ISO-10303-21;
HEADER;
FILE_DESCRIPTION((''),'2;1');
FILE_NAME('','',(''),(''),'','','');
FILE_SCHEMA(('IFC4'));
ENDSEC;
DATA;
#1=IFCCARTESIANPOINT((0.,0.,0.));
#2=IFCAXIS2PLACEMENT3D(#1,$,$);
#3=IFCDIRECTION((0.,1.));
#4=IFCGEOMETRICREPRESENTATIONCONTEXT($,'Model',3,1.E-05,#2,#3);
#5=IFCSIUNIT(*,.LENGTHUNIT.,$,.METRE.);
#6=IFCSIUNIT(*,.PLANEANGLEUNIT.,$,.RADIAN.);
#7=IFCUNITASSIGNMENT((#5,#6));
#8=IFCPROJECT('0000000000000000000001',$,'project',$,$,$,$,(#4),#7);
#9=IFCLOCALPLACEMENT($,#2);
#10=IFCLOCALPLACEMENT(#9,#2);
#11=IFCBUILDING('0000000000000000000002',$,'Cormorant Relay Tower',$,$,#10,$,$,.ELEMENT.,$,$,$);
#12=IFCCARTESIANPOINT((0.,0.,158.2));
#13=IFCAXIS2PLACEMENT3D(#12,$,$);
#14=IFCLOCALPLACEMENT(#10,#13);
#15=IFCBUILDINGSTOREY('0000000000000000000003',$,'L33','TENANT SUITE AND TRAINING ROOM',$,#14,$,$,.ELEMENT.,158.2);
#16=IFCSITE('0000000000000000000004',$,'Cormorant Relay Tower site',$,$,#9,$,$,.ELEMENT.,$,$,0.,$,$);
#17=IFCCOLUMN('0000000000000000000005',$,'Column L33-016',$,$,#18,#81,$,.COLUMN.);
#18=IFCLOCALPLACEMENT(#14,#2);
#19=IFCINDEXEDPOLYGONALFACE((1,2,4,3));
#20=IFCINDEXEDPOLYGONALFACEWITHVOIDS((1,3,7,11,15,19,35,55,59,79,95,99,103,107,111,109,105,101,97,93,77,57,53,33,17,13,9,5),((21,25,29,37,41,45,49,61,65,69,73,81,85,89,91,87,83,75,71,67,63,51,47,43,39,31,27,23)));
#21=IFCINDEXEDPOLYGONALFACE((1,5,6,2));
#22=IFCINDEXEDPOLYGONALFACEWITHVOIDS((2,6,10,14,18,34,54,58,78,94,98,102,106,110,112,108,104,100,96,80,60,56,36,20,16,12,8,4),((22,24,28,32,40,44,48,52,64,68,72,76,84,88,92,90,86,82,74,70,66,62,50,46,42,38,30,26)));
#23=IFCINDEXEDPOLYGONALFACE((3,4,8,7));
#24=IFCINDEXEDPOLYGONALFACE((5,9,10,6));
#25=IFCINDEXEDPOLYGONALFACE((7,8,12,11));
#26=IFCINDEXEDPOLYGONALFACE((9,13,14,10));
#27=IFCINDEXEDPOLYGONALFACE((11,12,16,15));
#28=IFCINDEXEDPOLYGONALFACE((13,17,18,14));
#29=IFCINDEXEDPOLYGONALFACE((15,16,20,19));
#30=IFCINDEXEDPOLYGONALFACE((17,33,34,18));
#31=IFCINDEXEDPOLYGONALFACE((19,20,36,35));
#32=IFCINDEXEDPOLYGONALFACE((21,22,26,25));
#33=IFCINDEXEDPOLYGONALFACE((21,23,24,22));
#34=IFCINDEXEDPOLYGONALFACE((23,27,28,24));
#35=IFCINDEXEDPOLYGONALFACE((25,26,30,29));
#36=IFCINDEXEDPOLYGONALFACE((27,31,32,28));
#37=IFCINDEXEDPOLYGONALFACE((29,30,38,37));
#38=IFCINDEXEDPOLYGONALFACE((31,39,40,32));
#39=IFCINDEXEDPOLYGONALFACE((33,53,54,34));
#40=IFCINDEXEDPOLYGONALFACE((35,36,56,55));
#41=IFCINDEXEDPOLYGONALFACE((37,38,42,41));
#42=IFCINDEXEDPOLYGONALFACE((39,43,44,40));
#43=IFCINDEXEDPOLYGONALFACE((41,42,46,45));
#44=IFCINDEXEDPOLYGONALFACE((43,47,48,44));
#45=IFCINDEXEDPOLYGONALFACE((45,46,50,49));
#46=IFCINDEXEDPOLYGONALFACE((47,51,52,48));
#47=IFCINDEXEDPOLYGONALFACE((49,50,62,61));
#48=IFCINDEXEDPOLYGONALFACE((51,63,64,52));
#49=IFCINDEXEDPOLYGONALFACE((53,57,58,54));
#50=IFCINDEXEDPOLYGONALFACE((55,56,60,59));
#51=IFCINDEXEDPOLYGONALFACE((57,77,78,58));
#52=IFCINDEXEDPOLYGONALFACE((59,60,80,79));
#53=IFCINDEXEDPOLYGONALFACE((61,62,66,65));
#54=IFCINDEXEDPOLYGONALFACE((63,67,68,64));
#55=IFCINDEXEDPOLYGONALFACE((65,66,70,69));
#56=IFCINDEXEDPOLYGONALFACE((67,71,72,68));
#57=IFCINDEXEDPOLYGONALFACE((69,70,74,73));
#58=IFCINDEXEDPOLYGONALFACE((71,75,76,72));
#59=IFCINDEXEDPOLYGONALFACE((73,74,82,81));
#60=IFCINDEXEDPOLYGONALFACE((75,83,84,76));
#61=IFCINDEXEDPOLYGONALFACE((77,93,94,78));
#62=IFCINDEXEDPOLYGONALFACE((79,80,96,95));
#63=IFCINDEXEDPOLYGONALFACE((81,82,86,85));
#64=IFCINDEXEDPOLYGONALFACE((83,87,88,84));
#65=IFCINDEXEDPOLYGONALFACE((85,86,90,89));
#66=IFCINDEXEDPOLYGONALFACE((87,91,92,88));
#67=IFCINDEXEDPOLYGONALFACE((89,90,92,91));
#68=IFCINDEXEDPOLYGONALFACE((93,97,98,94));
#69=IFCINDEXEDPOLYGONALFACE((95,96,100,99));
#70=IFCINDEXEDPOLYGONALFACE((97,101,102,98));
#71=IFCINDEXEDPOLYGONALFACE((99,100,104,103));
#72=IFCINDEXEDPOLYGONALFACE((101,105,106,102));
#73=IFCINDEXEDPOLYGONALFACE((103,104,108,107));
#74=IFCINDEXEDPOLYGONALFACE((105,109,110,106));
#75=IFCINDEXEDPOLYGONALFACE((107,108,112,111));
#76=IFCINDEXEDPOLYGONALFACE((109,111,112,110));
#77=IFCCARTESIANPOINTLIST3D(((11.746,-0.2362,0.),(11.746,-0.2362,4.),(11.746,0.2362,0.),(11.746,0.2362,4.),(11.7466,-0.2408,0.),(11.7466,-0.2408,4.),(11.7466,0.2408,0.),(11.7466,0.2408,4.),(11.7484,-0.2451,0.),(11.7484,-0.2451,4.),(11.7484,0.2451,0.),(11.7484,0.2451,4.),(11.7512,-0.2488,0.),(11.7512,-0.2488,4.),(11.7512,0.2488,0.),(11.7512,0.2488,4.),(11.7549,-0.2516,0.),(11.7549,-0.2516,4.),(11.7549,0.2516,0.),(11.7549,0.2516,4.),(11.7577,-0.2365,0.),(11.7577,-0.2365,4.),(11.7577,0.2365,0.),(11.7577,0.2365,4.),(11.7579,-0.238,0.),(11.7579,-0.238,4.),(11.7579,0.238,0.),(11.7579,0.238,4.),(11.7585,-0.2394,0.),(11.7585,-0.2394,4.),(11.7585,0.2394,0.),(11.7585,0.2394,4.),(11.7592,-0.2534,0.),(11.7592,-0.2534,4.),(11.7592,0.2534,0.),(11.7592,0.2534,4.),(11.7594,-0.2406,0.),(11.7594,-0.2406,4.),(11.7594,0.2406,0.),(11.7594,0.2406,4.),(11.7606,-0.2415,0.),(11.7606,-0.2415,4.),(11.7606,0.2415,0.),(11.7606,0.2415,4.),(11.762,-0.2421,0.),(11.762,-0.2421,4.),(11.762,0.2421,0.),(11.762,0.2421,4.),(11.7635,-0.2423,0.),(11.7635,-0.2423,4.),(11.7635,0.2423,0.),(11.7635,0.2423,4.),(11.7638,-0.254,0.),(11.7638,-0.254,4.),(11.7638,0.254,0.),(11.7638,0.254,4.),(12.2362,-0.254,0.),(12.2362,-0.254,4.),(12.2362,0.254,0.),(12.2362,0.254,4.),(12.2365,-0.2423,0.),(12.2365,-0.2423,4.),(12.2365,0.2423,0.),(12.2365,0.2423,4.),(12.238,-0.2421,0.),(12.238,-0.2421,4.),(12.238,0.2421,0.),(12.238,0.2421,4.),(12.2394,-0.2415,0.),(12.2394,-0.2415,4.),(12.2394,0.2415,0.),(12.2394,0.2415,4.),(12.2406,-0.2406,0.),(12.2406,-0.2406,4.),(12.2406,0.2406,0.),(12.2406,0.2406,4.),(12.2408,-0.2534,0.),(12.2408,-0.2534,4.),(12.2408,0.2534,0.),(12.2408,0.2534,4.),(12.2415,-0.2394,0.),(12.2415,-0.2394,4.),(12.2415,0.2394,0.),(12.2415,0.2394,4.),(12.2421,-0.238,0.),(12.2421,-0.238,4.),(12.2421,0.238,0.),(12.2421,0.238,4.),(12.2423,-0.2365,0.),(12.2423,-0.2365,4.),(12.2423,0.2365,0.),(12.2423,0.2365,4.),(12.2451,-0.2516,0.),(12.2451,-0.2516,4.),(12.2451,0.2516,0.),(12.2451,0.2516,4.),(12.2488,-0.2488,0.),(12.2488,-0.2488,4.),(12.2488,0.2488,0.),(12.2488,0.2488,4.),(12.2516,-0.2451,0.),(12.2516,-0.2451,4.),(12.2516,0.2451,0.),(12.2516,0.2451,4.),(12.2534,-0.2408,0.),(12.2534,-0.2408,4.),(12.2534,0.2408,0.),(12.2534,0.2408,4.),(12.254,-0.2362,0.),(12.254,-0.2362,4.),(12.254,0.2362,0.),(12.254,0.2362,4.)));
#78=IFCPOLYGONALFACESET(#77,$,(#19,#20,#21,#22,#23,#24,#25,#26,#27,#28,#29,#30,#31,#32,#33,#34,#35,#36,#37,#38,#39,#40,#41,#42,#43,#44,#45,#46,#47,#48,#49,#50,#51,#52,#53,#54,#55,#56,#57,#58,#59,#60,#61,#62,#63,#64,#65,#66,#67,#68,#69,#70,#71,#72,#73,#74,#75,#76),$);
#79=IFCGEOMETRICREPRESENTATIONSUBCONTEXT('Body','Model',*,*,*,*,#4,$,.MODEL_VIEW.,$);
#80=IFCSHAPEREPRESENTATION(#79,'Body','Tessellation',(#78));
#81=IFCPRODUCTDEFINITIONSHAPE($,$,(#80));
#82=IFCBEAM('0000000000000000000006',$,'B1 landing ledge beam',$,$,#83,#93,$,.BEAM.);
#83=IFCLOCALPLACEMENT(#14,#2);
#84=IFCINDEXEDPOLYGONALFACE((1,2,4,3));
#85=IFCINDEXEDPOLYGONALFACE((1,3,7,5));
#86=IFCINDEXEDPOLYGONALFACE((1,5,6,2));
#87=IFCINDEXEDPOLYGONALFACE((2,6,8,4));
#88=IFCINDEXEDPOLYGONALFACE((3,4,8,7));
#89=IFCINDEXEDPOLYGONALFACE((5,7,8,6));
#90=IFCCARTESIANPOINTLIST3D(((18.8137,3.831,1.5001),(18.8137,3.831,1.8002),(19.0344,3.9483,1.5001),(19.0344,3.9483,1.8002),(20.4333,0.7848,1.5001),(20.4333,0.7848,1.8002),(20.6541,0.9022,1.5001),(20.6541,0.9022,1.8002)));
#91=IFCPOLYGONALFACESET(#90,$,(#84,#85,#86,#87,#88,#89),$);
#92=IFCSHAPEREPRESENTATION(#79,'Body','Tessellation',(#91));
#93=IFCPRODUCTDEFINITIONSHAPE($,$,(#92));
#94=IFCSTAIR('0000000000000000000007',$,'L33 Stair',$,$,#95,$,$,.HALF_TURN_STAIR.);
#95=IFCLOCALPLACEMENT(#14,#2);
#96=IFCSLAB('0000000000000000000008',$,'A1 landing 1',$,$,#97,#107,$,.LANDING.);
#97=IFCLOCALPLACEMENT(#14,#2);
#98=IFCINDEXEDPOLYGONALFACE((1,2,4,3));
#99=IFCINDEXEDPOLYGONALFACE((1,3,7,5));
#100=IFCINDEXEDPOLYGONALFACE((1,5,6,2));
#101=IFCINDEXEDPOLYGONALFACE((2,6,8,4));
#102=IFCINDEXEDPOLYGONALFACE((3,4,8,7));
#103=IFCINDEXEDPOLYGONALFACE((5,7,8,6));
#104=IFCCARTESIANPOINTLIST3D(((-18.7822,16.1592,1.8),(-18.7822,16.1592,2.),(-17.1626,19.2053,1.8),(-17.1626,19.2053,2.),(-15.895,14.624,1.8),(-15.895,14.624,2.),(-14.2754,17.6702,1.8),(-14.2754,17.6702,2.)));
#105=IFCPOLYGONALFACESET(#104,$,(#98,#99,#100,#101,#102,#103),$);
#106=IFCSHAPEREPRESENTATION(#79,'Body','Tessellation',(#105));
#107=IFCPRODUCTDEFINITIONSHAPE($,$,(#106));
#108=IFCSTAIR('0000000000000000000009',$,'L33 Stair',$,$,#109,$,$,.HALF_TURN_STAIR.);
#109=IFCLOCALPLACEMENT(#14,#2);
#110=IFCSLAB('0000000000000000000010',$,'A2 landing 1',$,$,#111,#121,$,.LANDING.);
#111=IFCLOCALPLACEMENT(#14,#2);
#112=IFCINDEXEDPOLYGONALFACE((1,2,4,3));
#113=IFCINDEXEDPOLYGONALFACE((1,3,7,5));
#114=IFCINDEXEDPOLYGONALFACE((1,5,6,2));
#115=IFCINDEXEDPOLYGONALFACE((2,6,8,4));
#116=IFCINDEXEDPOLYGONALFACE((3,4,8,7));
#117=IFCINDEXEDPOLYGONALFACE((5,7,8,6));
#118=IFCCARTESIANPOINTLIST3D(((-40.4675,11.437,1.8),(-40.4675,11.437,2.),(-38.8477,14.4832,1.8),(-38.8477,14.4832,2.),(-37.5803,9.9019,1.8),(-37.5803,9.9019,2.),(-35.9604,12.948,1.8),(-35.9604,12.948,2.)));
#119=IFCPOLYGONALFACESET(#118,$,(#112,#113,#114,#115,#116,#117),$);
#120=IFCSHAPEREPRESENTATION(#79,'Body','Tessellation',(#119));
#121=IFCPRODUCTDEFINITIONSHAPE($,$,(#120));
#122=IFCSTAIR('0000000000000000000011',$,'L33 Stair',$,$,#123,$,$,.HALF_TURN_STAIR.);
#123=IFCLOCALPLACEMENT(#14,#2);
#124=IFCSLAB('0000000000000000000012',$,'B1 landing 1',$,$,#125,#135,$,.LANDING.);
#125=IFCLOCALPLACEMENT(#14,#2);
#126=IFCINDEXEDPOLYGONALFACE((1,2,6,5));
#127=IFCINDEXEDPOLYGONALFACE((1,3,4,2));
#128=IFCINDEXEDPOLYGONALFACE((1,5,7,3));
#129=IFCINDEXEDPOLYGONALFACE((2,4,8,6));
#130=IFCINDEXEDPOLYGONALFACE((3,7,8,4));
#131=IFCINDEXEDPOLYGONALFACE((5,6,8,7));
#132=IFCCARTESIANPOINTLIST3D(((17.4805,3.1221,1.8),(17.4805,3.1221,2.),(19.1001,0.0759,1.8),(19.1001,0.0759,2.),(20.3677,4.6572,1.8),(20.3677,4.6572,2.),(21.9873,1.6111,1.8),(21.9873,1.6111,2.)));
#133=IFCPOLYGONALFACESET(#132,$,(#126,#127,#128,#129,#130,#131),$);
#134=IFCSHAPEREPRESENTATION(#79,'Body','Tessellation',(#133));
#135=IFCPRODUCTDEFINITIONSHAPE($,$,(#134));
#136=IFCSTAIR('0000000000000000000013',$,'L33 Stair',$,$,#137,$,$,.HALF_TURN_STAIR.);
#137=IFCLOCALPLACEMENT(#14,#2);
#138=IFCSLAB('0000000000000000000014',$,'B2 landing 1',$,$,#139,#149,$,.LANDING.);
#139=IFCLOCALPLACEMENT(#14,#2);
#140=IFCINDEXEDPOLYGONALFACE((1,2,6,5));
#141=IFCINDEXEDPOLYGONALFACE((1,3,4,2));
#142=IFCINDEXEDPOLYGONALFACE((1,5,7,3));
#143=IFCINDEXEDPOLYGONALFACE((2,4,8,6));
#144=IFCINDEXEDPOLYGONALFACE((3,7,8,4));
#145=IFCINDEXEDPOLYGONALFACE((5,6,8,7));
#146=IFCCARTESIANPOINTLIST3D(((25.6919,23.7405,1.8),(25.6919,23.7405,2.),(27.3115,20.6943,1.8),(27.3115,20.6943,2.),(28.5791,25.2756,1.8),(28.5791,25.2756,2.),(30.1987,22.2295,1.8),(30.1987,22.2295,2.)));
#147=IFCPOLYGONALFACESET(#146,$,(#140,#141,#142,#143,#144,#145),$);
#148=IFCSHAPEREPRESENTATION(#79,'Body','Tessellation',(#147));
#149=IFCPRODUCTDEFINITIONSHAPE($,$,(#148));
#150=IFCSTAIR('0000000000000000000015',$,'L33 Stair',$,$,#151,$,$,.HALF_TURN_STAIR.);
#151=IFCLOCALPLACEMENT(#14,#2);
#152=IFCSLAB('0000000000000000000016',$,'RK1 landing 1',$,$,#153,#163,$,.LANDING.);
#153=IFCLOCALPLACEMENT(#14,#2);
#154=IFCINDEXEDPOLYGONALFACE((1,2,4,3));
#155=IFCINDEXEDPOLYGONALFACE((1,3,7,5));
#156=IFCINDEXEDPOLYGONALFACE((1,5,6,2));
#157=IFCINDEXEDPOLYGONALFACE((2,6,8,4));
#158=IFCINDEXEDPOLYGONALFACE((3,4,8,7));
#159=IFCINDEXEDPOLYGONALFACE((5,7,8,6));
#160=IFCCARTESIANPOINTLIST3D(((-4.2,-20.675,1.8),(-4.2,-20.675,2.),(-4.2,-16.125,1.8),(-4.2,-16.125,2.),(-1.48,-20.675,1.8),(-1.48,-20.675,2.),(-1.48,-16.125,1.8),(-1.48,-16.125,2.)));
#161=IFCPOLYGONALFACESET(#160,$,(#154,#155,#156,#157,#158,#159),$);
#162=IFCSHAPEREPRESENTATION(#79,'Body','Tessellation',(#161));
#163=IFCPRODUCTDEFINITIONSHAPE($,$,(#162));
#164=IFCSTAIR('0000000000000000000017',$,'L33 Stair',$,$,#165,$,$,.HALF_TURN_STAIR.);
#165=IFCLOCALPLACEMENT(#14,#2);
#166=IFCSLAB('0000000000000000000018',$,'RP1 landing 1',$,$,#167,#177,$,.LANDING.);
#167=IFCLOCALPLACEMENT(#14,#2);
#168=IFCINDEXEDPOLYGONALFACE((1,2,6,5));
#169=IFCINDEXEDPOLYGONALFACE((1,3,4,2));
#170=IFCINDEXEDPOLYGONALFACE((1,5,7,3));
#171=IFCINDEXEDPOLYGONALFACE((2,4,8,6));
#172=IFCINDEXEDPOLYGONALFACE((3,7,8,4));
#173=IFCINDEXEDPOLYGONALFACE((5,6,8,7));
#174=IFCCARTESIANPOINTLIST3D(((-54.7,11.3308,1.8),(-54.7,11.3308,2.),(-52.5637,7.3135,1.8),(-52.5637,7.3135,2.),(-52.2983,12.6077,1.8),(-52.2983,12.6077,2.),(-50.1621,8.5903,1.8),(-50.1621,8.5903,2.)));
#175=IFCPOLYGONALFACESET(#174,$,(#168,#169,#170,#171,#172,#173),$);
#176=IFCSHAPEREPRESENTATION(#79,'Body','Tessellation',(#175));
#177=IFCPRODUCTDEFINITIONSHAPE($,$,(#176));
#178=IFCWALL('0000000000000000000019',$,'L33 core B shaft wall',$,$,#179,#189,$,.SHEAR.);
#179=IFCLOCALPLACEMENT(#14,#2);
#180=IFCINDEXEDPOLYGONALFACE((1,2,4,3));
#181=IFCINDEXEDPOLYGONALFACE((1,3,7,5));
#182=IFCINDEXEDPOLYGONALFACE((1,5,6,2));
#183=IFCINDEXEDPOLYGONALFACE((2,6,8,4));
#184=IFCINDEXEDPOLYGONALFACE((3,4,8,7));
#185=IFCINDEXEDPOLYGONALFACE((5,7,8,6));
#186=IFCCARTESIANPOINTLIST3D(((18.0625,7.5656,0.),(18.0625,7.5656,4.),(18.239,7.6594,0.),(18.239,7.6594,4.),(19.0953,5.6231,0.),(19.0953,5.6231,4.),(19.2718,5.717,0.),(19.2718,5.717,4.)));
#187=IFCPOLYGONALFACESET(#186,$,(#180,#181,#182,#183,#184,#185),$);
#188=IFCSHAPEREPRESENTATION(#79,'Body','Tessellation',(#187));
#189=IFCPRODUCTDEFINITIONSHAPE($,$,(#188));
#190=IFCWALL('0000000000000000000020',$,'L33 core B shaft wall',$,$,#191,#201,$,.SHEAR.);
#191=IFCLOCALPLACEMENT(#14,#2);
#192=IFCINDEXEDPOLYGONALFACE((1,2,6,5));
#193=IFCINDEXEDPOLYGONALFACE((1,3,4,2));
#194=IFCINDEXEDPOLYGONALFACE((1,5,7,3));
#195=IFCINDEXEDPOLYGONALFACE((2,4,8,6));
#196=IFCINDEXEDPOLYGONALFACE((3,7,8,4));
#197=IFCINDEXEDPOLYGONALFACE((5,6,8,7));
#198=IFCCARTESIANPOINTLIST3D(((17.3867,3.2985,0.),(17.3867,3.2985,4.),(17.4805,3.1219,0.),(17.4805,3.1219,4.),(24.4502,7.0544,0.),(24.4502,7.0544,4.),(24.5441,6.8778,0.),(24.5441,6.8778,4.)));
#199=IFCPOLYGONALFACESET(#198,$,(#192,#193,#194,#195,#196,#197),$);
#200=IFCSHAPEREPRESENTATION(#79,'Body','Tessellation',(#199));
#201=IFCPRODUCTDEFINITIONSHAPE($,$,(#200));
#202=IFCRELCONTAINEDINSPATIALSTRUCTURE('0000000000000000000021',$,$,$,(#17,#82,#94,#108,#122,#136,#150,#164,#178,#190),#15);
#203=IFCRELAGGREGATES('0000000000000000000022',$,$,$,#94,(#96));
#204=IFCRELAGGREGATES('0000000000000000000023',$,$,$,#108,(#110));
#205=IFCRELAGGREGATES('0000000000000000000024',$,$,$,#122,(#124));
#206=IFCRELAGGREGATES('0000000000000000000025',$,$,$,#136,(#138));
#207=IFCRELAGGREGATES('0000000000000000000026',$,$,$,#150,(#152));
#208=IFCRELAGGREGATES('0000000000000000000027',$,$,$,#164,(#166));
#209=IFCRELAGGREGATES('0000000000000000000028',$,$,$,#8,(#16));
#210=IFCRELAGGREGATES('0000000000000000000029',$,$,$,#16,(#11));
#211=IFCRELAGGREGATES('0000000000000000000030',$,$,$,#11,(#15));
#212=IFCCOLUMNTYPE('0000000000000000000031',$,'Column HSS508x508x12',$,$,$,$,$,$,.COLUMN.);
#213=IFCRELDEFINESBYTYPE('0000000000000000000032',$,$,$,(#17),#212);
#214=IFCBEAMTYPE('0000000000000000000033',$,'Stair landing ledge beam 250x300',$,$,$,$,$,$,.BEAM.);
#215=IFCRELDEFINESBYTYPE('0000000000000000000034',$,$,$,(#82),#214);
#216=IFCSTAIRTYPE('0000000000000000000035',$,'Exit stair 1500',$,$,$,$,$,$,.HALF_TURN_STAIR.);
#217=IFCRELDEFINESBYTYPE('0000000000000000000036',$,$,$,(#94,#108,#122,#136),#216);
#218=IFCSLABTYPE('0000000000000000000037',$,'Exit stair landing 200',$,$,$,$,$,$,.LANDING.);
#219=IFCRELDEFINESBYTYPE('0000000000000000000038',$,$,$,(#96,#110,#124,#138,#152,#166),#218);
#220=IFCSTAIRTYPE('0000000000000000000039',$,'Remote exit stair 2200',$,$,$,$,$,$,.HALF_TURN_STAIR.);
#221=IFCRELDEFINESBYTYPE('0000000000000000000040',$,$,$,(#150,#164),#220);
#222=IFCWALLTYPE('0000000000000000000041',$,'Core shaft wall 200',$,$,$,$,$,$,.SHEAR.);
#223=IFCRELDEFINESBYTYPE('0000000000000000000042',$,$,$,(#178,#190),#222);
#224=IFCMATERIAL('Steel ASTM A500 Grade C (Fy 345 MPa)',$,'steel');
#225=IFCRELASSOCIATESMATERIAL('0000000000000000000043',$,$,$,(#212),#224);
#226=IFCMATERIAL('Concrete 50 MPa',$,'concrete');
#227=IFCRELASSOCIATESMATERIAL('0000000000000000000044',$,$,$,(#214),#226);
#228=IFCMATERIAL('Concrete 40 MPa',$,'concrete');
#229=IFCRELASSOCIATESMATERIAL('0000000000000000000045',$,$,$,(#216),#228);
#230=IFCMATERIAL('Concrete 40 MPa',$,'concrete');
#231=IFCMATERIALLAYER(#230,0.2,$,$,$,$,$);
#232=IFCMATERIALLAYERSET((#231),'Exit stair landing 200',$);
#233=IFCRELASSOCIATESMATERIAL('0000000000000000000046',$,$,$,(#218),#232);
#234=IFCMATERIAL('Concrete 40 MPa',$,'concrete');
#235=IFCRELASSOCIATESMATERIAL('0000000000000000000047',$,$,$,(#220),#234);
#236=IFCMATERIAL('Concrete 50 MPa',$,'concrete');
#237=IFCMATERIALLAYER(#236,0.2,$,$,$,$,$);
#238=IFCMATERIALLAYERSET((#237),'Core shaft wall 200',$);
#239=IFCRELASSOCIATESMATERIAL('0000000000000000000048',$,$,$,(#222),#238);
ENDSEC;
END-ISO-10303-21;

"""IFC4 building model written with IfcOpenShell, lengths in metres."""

from ifc_helpers import new_model, si_unit, direction, frame, frame_2d, origin, origin_2d, place, context, subcontext, project, spatial, polyline, rectangle, hollow_rectangle, outline, extrude, material, layer, layer_set, material_profile, profile_set, type_object, element, aggregate, save


model = new_model("IFC4")

# Units and contexts
model_context = context("Model", 3, precision=1e-05, world=origin(), true_north=direction((0.0, 1.0)))
body_context = subcontext(model_context, "Body", "Model", "MODEL_VIEW")
ifc_project = project(units=[si_unit("LENGTHUNIT", "METRE"), si_unit("PLANEANGLEUNIT", "RADIAN")], contexts=[model_context])

# Site, building, storey
site_placement = place(None, origin())
site = spatial("IfcSite", under=ifc_project, at=site_placement, Name="Cormorant Relay Tower site", CompositionType="ELEMENT", RefElevation=0.0)
building_placement = place(site_placement, origin())
building = spatial("IfcBuilding", under=site, at=building_placement, Name="Cormorant Relay Tower", CompositionType="ELEMENT")
storey_placement = place(building_placement, frame((0.0, 0.0, 158.2)))
storey = spatial("IfcBuildingStorey", under=building, at=storey_placement, Name="L33", Description="TENANT SUITE AND TRAINING ROOM", CompositionType="ELEMENT", Elevation=158.2)

# Column
ifc_material_1 = material(Name="Steel ASTM A500 Grade C (Fy 345 MPa)", Category="steel")
ifc_material_profile_1 = material_profile(ifc_material_1, hollow_rectangle(XDim=0.5081, YDim=0.5081, WallThickness=0.0117, InnerFilletRadius=0.0059, OuterFilletRadius=0.0178, at=origin_2d()), Name="HSS508x508x12")
ifc_profile_set_1 = profile_set([ifc_material_profile_1], Name="Steel ASTM A500 Grade C (Fy 345 MPa)")
column_type = type_object("IfcColumnType", Name="Column HSS508x508x12", PredefinedType="COLUMN", material=ifc_profile_set_1)
column_placement = place(storey_placement, frame((12.0, 0.0, 0.0), z_axis=(0.0, 0.0, 1.0), x_axis=(1.0, 0.0, 0.0)))
element("IfcColumn", 1, at=column_placement, inside=storey, type_object=column_type, Name="Column L33-016", PredefinedType="COLUMN", context=body_context, shape_type="SweptSolid", body=[
    extrude(hollow_rectangle(XDim=0.5081, YDim=0.5081, WallThickness=0.0117, InnerFilletRadius=0.0059, OuterFilletRadius=0.0178, at=origin_2d()), origin(), (0.0, 0.0, 1.0), 4.0),
])

# Beam
ifc_material_2 = material(Name="Concrete 50 MPa", Category="concrete")
ifc_material_profile_2 = material_profile(ifc_material_2, rectangle(XDim=0.25, YDim=0.3, at=origin_2d()), Name="RC 250x300")
ifc_profile_set_2 = profile_set([ifc_material_profile_2], Name="Concrete 50 MPa")
beam_type = type_object("IfcBeamType", Name="Stair landing ledge beam 250x300", PredefinedType="BEAM", material=ifc_profile_set_2)
beam_placement = place(storey_placement, frame((18.9241, 3.8896, 1.6501), z_axis=(0.469464, -0.882952, 0.0), x_axis=(0.882952, 0.469464, 0.0)))
element("IfcBeam", 2, at=beam_placement, inside=storey, type_object=beam_type, Name="B1 landing ledge beam", PredefinedType="BEAM", context=body_context, shape_type="SweptSolid", body=[
    extrude(rectangle(XDim=0.25, YDim=0.3, at=origin_2d()), origin(), (0.0, 0.0, 1.0), 3.45),
])

# Stairs, slabs
ifc_material_3 = material(Name="Concrete 40 MPa", Category="concrete")
stair_type_1 = type_object("IfcStairType", Name="Exit stair 1500", PredefinedType="HALF_TURN_STAIR", material=ifc_material_3)
stair_1_placement = place(storey_placement, origin())
stair_1 = element("IfcStair", 3, at=stair_1_placement, inside=storey, type_object=stair_type_1, Name="L33 Stair", PredefinedType="HALF_TURN_STAIR")
ifc_material_4 = material(Name="Concrete 40 MPa", Category="concrete")
ifc_layer_1 = layer(ifc_material_4, 0.2)
ifc_layer_set_1 = layer_set([ifc_layer_1], Name="Exit stair landing 200")
slab_type = type_object("IfcSlabType", Name="Exit stair landing 200", PredefinedType="LANDING", material=ifc_layer_set_1)
slab_1_placement = place(storey_placement, frame((0.0, 0.0, 1.8)))
slab_1 = element("IfcSlab", 4, at=slab_1_placement, type_object=slab_type, Name="A1 landing 1", PredefinedType="LANDING", context=body_context, shape_type="SweptSolid", body=[
    extrude(outline(polyline([(-18.7822, 16.1592), (-15.895, 14.624), (-14.2754, 17.6702), (-17.1626, 19.2053), (-18.7822, 16.1592)])), origin(), (0.0, 0.0, 1.0), 0.2),
])
aggregate(stair_1, [slab_1])
stair_2_placement = place(storey_placement, origin())
stair_2 = element("IfcStair", 5, at=stair_2_placement, inside=storey, type_object=stair_type_1, Name="L33 Stair", PredefinedType="HALF_TURN_STAIR")
slab_2_placement = place(storey_placement, frame((0.0, 0.0, 1.8)))
slab_2 = element("IfcSlab", 6, at=slab_2_placement, type_object=slab_type, Name="A2 landing 1", PredefinedType="LANDING", context=body_context, shape_type="SweptSolid", body=[
    extrude(outline(polyline([(-35.9604, 12.948), (-38.8477, 14.4832), (-40.4675, 11.437), (-37.5803, 9.9019), (-35.9604, 12.948)])), origin(), (0.0, 0.0, 1.0), 0.2),
])
aggregate(stair_2, [slab_2])
stair_3_placement = place(storey_placement, origin())
stair_3 = element("IfcStair", 7, at=stair_3_placement, inside=storey, type_object=stair_type_1, Name="L33 Stair", PredefinedType="HALF_TURN_STAIR")
slab_3_placement = place(storey_placement, frame((0.0, 0.0, 1.8)))
slab_3 = element("IfcSlab", 8, at=slab_3_placement, type_object=slab_type, Name="B1 landing 1", PredefinedType="LANDING", context=body_context, shape_type="SweptSolid", body=[
    extrude(outline(polyline([(20.3677, 4.6572), (17.4805, 3.1221), (19.1001, 0.0759), (21.9873, 1.6111), (20.3677, 4.6572)])), origin(), (0.0, 0.0, 1.0), 0.2),
])
aggregate(stair_3, [slab_3])
stair_4_placement = place(storey_placement, origin())
stair_4 = element("IfcStair", 9, at=stair_4_placement, inside=storey, type_object=stair_type_1, Name="L33 Stair", PredefinedType="HALF_TURN_STAIR")
slab_4_placement = place(storey_placement, frame((0.0, 0.0, 1.8)))
slab_4 = element("IfcSlab", 10, at=slab_4_placement, type_object=slab_type, Name="B2 landing 1", PredefinedType="LANDING", context=body_context, shape_type="SweptSolid", body=[
    extrude(outline(polyline([(27.3115, 20.6943), (30.1987, 22.2295), (28.5791, 25.2756), (25.6919, 23.7405), (27.3115, 20.6943)])), origin(), (0.0, 0.0, 1.0), 0.2),
])
aggregate(stair_4, [slab_4])
ifc_material_5 = material(Name="Concrete 40 MPa", Category="concrete")
stair_type_2 = type_object("IfcStairType", Name="Remote exit stair 2200", PredefinedType="HALF_TURN_STAIR", material=ifc_material_5)
stair_5_placement = place(storey_placement, origin())
stair_5 = element("IfcStair", 11, at=stair_5_placement, inside=storey, type_object=stair_type_2, Name="L33 Stair", PredefinedType="HALF_TURN_STAIR")
slab_5_placement = place(storey_placement, frame((0.0, 0.0, 1.8)))
slab_5 = element("IfcSlab", 12, at=slab_5_placement, type_object=slab_type, Name="RK1 landing 1", PredefinedType="LANDING", context=body_context, shape_type="SweptSolid", body=[
    extrude(outline(polyline([(-1.48, -16.125), (-4.2, -16.125), (-4.2, -20.675), (-1.48, -20.675), (-1.48, -16.125)])), origin(), (0.0, 0.0, 1.0), 0.2),
])
aggregate(stair_5, [slab_5])
stair_6_placement = place(storey_placement, origin())
stair_6 = element("IfcStair", 13, at=stair_6_placement, inside=storey, type_object=stair_type_2, Name="L33 Stair", PredefinedType="HALF_TURN_STAIR")
slab_6_placement = place(storey_placement, frame((0.0, 0.0, 1.8)))
slab_6 = element("IfcSlab", 14, at=slab_6_placement, type_object=slab_type, Name="RP1 landing 1", PredefinedType="LANDING", context=body_context, shape_type="SweptSolid", body=[
    extrude(outline(polyline([(-52.2983, 12.6077), (-54.7, 11.3308), (-52.5637, 7.3135), (-50.1621, 8.5903), (-52.2983, 12.6077)])), origin(), (0.0, 0.0, 1.0), 0.2),
])
aggregate(stair_6, [slab_6])

# Walls
ifc_material_6 = material(Name="Concrete 50 MPa", Category="concrete")
ifc_layer_2 = layer(ifc_material_6, 0.2)
ifc_layer_set_2 = layer_set([ifc_layer_2], Name="Core shaft wall 200")
wall_type = type_object("IfcWallType", Name="Core shaft wall 200", PredefinedType="SHEAR", material=ifc_layer_set_2)
wall_1_placement = place(storey_placement, frame((19.1836, 5.6699, 0.0), z_axis=(0.0, 0.0, 1.0), x_axis=(-0.469447, 0.88296, 0.0)))
element("IfcWall", 15, at=wall_1_placement, inside=storey, type_object=wall_type, Name="L33 core B shaft wall", PredefinedType="SHEAR", context=body_context, shape_type="SweptSolid", body=[
    extrude(rectangle(XDim=2.2, YDim=0.2, at=frame_2d((1.1001, 0.0))), origin(), (0.0, 0.0, 1.0), 4.0),
])
for number, where, z_axis, x_axis, name in (
    (16, (17.4336, 3.2102, 0.0), (0.0, 0.0, 1.0), (0.88294, 0.469485, 0.0), "L33 core B shaft wall"),
):
    element("IfcWall", number, at=place(storey_placement, frame(where, z_axis=z_axis, x_axis=x_axis)), inside=storey, type_object=wall_type, Name=name, PredefinedType="SHEAR", context=body_context, shape_type="SweptSolid", body=[
        extrude(rectangle(XDim=8.0, YDim=0.2, at=frame_2d((4.0, 0.0))), origin(), (0.0, 0.0, 1.0), 4.0),
    ])

save(model, "model.ifc")
